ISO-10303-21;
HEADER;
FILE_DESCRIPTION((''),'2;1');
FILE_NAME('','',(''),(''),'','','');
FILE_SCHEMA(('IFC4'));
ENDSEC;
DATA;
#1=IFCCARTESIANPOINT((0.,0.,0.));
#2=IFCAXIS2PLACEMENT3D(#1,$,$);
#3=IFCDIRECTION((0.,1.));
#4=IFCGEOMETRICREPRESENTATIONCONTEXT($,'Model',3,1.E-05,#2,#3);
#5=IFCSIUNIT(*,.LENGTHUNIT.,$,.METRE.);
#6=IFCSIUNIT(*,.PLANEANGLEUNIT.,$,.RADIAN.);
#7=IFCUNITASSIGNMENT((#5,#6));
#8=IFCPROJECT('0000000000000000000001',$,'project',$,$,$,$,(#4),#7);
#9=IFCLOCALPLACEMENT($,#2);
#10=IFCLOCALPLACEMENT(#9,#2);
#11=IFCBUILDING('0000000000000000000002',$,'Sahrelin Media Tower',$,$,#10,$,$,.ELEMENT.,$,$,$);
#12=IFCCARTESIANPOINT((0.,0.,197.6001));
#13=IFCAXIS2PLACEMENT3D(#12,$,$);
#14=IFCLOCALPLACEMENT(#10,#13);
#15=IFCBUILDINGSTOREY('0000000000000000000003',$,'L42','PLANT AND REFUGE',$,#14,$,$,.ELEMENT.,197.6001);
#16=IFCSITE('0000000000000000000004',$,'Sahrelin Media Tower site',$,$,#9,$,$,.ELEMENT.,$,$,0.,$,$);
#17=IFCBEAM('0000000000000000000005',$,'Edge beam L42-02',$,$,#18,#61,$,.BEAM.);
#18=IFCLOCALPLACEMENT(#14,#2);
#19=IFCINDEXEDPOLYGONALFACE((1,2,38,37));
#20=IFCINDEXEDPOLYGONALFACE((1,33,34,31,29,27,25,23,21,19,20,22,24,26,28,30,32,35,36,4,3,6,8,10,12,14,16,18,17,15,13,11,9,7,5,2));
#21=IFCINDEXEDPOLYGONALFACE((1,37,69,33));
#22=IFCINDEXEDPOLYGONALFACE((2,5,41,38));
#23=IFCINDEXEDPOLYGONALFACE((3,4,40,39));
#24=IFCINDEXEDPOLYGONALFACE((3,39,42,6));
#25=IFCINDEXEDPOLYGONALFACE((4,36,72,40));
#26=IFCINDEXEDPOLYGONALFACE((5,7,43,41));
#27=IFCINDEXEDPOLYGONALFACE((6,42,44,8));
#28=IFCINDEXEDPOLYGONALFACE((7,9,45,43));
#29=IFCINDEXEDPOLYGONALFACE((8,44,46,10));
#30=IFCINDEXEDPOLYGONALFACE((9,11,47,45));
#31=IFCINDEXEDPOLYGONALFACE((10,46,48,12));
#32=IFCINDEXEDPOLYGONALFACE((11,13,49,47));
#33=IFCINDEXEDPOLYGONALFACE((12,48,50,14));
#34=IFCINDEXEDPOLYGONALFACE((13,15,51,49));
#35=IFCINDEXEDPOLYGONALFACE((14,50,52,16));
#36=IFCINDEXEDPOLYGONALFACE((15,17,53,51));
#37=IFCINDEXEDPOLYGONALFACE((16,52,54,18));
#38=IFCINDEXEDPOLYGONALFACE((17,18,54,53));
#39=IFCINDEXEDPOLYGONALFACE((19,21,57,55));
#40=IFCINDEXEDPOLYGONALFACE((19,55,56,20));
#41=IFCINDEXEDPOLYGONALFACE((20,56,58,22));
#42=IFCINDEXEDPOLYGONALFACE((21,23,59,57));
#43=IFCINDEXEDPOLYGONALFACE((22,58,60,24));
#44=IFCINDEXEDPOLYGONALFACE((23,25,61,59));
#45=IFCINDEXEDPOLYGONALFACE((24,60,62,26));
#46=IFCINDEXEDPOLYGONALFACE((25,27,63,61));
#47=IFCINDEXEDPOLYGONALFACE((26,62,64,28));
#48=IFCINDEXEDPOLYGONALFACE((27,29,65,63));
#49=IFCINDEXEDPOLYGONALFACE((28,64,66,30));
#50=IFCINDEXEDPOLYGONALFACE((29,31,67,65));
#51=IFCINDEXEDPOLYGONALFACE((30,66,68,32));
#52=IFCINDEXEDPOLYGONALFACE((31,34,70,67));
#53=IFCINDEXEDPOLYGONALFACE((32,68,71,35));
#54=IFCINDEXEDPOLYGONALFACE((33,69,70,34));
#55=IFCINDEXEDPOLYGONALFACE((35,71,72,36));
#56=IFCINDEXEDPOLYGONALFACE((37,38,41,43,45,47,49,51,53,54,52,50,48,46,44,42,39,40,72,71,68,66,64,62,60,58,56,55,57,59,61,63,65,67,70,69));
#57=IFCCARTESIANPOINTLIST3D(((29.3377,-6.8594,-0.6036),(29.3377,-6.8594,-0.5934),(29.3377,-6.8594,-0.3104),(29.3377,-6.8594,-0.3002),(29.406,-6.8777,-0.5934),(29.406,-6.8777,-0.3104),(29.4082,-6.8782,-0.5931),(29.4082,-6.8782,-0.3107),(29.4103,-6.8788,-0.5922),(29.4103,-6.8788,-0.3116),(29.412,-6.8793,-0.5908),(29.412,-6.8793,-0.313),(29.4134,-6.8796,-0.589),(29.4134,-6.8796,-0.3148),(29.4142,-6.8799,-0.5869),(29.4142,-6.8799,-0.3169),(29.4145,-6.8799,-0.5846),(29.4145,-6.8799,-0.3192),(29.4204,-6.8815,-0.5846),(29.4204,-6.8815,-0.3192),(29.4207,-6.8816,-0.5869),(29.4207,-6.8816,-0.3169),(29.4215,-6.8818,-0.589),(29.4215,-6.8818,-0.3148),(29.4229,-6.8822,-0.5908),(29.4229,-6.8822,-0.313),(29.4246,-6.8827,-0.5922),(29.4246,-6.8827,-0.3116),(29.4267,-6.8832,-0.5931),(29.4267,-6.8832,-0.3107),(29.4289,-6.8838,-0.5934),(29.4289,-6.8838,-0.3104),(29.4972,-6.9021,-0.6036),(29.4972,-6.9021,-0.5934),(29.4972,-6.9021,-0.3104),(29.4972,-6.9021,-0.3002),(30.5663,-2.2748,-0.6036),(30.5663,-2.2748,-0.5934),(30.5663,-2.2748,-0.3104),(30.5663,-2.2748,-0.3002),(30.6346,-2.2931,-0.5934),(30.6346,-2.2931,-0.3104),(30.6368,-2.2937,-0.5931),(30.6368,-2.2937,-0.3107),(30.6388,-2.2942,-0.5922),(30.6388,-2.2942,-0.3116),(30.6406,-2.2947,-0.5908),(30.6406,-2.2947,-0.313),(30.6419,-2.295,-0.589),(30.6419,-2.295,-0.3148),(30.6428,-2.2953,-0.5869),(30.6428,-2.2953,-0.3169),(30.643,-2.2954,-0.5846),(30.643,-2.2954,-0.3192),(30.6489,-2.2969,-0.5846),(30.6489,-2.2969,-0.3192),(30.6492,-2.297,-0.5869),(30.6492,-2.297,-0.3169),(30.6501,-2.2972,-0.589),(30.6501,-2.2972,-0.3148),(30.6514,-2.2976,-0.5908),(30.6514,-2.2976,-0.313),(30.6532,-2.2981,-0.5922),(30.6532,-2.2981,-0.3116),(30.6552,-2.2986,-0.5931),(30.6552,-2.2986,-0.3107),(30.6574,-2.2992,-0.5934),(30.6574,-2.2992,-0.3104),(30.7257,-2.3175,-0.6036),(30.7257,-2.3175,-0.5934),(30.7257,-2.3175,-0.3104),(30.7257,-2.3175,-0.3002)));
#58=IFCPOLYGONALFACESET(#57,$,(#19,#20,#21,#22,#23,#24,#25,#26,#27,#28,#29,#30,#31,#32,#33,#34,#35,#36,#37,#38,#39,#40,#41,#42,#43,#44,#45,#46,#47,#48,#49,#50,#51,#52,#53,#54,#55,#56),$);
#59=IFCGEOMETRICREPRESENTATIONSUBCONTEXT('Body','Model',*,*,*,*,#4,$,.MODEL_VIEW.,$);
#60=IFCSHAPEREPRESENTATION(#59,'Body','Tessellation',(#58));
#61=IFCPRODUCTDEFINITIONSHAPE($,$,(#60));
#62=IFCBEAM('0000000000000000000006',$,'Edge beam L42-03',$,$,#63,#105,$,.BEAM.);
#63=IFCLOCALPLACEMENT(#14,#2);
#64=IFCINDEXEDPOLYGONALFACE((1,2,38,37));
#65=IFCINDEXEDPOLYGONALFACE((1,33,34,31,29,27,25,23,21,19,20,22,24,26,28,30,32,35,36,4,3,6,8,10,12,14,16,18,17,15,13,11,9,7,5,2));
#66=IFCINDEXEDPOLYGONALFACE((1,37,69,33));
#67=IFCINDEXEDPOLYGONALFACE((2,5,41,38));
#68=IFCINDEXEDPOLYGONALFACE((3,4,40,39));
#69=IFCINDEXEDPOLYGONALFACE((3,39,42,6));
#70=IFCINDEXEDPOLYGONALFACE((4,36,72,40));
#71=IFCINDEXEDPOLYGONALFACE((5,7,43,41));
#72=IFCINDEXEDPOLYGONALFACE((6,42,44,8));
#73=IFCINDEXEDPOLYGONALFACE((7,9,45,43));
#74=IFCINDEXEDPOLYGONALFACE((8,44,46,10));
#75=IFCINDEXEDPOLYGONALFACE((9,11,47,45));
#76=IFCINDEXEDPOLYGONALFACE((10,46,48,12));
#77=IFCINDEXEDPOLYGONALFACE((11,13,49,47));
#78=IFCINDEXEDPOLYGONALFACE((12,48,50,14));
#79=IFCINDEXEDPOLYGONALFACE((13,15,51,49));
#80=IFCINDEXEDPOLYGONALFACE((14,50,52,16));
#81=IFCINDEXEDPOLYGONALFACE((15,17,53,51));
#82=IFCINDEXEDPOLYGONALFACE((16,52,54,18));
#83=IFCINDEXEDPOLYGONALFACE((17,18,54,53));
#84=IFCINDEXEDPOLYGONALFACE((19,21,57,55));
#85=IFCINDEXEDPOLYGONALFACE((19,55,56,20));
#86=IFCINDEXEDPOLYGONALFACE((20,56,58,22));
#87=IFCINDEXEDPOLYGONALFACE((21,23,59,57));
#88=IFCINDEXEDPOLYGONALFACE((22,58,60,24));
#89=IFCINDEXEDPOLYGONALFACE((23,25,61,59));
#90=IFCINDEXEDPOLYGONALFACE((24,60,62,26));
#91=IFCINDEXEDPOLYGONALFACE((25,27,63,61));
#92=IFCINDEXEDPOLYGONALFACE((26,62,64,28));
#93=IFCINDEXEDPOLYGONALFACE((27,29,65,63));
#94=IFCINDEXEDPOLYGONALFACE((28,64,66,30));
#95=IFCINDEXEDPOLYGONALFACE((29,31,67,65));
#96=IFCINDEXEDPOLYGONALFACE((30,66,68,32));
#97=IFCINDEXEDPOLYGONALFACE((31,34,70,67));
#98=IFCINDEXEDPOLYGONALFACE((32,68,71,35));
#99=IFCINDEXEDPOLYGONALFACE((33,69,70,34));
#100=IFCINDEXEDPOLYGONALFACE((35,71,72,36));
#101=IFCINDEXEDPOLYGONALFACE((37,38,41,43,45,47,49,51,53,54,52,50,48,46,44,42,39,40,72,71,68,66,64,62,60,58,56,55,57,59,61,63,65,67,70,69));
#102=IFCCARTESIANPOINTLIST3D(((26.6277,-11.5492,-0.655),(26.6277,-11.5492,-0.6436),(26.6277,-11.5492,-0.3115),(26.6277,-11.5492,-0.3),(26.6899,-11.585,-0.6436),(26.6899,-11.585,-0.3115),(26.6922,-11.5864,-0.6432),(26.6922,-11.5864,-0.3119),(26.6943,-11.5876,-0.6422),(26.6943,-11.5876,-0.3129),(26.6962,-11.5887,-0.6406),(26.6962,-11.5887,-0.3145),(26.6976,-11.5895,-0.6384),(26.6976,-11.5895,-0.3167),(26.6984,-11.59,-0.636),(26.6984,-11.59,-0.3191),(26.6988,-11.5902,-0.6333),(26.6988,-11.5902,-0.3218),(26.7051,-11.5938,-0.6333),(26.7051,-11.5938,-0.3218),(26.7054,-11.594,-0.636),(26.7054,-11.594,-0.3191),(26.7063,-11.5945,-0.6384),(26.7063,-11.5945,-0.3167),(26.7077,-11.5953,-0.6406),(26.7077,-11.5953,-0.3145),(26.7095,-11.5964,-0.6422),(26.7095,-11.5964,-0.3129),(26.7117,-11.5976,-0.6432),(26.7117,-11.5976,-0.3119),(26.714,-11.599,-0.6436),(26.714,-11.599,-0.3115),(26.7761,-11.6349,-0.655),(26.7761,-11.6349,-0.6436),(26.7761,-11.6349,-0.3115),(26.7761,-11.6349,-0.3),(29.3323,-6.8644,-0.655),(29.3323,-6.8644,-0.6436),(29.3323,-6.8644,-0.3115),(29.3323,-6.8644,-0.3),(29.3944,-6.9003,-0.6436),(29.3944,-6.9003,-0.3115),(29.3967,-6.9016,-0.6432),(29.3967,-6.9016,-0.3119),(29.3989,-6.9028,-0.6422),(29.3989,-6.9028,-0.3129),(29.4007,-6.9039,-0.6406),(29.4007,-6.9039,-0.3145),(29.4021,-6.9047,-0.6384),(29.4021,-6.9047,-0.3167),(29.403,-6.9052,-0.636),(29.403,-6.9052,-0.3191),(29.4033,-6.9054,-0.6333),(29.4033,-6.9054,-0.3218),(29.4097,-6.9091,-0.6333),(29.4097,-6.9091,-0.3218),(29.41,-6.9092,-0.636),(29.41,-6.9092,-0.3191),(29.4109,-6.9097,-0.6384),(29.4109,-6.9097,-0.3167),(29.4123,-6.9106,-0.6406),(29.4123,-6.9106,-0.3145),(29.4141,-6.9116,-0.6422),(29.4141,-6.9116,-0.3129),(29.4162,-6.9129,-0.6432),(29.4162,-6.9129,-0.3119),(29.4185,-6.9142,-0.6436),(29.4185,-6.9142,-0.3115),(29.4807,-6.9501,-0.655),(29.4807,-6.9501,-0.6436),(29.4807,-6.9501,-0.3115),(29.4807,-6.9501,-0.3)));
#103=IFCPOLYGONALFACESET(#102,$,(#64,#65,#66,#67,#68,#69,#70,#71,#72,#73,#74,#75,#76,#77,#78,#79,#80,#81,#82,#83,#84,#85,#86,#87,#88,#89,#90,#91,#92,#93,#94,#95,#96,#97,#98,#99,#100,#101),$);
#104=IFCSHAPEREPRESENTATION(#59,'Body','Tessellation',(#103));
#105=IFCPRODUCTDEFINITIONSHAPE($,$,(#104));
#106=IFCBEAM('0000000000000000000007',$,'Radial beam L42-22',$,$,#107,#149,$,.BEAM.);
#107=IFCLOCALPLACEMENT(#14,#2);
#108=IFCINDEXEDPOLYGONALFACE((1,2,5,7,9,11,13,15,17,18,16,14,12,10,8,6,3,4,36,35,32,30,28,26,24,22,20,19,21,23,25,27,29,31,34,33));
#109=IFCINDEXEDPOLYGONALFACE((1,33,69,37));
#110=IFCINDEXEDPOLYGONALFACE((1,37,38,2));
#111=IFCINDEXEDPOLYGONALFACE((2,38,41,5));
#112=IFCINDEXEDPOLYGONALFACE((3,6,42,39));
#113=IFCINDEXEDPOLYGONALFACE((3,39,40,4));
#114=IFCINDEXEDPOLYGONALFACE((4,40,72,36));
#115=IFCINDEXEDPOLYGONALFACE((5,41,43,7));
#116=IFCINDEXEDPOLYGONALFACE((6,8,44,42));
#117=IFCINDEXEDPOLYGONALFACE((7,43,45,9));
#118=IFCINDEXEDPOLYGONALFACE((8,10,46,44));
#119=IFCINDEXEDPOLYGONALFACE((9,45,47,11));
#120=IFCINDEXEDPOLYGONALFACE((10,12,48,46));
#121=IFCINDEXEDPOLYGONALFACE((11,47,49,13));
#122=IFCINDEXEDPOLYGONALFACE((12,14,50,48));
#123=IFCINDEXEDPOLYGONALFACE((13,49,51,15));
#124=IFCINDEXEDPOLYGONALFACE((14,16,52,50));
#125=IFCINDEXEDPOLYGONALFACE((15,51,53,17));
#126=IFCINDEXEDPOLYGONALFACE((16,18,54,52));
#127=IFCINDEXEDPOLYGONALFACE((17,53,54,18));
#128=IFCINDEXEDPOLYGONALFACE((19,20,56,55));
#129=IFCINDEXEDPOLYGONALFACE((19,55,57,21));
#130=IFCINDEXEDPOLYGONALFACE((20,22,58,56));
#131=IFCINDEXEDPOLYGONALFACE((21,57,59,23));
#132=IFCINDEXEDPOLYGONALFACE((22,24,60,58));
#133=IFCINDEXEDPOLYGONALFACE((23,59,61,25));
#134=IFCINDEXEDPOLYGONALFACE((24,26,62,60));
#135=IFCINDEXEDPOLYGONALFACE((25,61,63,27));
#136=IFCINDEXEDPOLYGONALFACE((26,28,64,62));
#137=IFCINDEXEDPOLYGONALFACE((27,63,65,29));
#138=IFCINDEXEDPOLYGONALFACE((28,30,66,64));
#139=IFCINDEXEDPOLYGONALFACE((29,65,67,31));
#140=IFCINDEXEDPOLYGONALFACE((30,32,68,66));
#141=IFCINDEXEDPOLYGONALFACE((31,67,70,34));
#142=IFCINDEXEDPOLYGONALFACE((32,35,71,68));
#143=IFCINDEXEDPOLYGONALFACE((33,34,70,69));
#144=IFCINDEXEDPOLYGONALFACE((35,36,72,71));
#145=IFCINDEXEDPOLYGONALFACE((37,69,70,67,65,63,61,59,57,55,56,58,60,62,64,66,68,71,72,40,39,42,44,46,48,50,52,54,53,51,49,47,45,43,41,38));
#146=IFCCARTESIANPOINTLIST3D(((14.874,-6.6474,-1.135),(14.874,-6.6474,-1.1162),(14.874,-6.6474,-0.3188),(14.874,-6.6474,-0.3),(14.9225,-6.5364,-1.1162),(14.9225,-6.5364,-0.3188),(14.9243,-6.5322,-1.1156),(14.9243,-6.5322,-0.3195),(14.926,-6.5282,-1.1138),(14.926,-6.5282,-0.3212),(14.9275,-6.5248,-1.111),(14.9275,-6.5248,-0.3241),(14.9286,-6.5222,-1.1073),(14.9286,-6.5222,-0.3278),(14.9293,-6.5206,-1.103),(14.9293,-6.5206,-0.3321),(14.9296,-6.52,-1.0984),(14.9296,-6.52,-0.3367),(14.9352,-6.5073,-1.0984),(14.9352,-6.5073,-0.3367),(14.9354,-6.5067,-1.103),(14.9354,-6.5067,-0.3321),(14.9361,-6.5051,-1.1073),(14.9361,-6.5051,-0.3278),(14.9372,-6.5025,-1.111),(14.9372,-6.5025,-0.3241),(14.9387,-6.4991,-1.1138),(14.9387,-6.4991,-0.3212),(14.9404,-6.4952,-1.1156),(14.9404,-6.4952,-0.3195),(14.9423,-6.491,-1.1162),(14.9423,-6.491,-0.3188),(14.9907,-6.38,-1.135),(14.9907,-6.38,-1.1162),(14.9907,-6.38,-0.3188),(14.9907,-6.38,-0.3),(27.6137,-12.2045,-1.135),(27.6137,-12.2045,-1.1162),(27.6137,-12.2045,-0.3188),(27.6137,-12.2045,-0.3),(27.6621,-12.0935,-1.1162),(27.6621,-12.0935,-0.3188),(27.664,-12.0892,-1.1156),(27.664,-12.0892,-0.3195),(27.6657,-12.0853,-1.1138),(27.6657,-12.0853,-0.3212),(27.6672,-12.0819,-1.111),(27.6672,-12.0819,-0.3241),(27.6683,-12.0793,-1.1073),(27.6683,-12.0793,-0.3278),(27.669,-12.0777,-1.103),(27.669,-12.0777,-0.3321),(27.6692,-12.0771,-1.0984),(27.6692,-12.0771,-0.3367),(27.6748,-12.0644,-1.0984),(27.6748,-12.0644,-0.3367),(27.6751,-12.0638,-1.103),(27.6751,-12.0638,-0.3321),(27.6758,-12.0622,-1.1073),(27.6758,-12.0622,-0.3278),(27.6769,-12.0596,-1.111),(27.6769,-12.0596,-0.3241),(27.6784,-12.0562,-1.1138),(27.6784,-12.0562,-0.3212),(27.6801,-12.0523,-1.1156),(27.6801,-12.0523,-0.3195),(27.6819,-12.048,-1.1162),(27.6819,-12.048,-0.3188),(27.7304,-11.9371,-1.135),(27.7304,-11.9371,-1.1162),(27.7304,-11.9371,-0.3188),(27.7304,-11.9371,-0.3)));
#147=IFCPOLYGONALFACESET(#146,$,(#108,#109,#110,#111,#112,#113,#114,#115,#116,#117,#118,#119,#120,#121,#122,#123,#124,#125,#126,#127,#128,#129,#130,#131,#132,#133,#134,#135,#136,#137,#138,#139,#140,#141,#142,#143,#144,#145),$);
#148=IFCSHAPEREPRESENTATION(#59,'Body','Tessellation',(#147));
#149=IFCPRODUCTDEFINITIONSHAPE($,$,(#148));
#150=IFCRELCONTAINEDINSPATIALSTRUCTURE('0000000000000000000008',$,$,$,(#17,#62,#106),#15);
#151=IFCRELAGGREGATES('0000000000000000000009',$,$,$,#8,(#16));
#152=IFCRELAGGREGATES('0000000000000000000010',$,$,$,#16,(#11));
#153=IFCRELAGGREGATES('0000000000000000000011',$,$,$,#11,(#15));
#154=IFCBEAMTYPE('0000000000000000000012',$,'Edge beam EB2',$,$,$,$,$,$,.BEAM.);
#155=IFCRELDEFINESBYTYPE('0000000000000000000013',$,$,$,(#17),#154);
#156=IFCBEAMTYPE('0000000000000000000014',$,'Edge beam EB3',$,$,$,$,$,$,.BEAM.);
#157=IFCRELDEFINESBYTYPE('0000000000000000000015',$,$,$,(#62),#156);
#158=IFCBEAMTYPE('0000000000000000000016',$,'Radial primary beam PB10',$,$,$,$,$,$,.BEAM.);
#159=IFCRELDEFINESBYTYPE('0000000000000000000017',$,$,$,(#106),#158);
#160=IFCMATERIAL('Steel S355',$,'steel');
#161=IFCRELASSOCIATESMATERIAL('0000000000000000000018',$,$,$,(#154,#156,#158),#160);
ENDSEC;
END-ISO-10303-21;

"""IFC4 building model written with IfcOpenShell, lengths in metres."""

from ifc_helpers import new_model, si_unit, direction, frame, origin, origin_2d, place, context, subcontext, project, spatial, i_section, extrude, material, material_profile, profile_set, type_object, element, save


model = new_model("IFC4")

# Units and contexts
model_context = context("Model", 3, precision=1e-05, world=origin(), true_north=direction((0.0, 1.0)))
body_context = subcontext(model_context, "Body", "Model", "MODEL_VIEW")
ifc_project = project(units=[si_unit("LENGTHUNIT", "METRE"), si_unit("PLANEANGLEUNIT", "RADIAN")], contexts=[model_context])

# Site, building, storey
site_placement = place(None, origin())
site = spatial("IfcSite", under=ifc_project, at=site_placement, Name="Sahrelin Media Tower site", CompositionType="ELEMENT", RefElevation=0.0)
building_placement = place(site_placement, origin())
building = spatial("IfcBuilding", under=site, at=building_placement, Name="Sahrelin Media Tower", CompositionType="ELEMENT")
storey_placement = place(building_placement, frame((0.0, 0.0, 197.6001)))
storey = spatial("IfcBuildingStorey", under=building, at=storey_placement, Name="L42", Description="PLANT AND REFUGE", CompositionType="ELEMENT", Elevation=197.6001)

# Beams
ifc_material_1 = material(Name="Steel S355", Category="steel")
ifc_material_profile_1 = material_profile(ifc_material_1, i_section(OverallWidth=0.165, OverallDepth=0.3035, WebThickness=0.0061, FlangeThickness=0.0103, FilletRadius=0.0088, at=origin_2d()), Name="UB 305x165x40")
ifc_profile_set_1 = profile_set([ifc_material_profile_1], Name="Steel S355")
beam_type_1 = type_object("IfcBeamType", Name="Edge beam EB2", PredefinedType="BEAM", material=ifc_profile_set_1)
beam_1_placement = place(storey_placement, frame((30.646, -2.2961, -0.4519), z_axis=(-0.258841, -0.96592, 0.0), x_axis=(0.96592, -0.258841, 0.0)))
element("IfcBeam", 1, at=beam_1_placement, inside=storey, type_object=beam_type_1, Name="Edge beam L42-02", PredefinedType="BEAM", context=body_context, shape_type="SweptSolid", body=[
    extrude(i_section(OverallWidth=0.165, OverallDepth=0.3035, WebThickness=0.0061, FlangeThickness=0.0103, FilletRadius=0.0088, at=origin_2d()), origin(), (0.0, 0.0, 1.0), 4.7463),
])
ifc_material_profile_2 = material_profile(ifc_material_1, i_section(OverallWidth=0.1714, OverallDepth=0.355, WebThickness=0.0073, FlangeThickness=0.0115, FilletRadius=0.0103, at=origin_2d()), Name="UB 356x171x51")
ifc_profile_set_2 = profile_set([ifc_material_profile_2], Name="Steel S355")
beam_type_2 = type_object("IfcBeamType", Name="Edge beam EB3", PredefinedType="BEAM", material=ifc_profile_set_2)
beam_2_placement = place(storey_placement, frame((29.4065, -6.9072, -0.4775), z_axis=(-0.499974, -0.866041, 0.0), x_axis=(0.866041, -0.499974, 0.0)))
element("IfcBeam", 2, at=beam_2_placement, inside=storey, type_object=beam_type_2, Name="Edge beam L42-03", PredefinedType="BEAM", context=body_context, shape_type="SweptSolid", body=[
    extrude(i_section(OverallWidth=0.1714, OverallDepth=0.355, WebThickness=0.0073, FlangeThickness=0.0115, FilletRadius=0.0103, at=origin_2d()), origin(), (0.0, 0.0, 1.0), 5.4094),
])
ifc_material_profile_3 = material_profile(ifc_material_1, i_section(OverallWidth=0.2917, OverallDepth=0.835, WebThickness=0.0139, FlangeThickness=0.0188, FilletRadius=0.0178, at=origin_2d()), Name="UB 838x292x176")
ifc_profile_set_3 = profile_set([ifc_material_profile_3], Name="Steel S355")
beam_type_3 = type_object("IfcBeamType", Name="Radial primary beam PB10", PredefinedType="BEAM", material=ifc_profile_set_3)
beam_3_placement = place(storey_placement, frame((14.9324, -6.5137, -0.7175), z_axis=(0.916593, -0.399822, 0.0), x_axis=(0.399822, 0.916593, 0.0)))
element("IfcBeam", 3, at=beam_3_placement, inside=storey, type_object=beam_type_3, Name="Radial beam L42-22", PredefinedType="BEAM", context=body_context, shape_type="SweptSolid", body=[
    extrude(i_section(OverallWidth=0.2917, OverallDepth=0.835, WebThickness=0.0139, FlangeThickness=0.0188, FilletRadius=0.0178, at=origin_2d()), origin(), (0.0, 0.0, 1.0), 13.8989),
])

save(model, "model.ifc")
